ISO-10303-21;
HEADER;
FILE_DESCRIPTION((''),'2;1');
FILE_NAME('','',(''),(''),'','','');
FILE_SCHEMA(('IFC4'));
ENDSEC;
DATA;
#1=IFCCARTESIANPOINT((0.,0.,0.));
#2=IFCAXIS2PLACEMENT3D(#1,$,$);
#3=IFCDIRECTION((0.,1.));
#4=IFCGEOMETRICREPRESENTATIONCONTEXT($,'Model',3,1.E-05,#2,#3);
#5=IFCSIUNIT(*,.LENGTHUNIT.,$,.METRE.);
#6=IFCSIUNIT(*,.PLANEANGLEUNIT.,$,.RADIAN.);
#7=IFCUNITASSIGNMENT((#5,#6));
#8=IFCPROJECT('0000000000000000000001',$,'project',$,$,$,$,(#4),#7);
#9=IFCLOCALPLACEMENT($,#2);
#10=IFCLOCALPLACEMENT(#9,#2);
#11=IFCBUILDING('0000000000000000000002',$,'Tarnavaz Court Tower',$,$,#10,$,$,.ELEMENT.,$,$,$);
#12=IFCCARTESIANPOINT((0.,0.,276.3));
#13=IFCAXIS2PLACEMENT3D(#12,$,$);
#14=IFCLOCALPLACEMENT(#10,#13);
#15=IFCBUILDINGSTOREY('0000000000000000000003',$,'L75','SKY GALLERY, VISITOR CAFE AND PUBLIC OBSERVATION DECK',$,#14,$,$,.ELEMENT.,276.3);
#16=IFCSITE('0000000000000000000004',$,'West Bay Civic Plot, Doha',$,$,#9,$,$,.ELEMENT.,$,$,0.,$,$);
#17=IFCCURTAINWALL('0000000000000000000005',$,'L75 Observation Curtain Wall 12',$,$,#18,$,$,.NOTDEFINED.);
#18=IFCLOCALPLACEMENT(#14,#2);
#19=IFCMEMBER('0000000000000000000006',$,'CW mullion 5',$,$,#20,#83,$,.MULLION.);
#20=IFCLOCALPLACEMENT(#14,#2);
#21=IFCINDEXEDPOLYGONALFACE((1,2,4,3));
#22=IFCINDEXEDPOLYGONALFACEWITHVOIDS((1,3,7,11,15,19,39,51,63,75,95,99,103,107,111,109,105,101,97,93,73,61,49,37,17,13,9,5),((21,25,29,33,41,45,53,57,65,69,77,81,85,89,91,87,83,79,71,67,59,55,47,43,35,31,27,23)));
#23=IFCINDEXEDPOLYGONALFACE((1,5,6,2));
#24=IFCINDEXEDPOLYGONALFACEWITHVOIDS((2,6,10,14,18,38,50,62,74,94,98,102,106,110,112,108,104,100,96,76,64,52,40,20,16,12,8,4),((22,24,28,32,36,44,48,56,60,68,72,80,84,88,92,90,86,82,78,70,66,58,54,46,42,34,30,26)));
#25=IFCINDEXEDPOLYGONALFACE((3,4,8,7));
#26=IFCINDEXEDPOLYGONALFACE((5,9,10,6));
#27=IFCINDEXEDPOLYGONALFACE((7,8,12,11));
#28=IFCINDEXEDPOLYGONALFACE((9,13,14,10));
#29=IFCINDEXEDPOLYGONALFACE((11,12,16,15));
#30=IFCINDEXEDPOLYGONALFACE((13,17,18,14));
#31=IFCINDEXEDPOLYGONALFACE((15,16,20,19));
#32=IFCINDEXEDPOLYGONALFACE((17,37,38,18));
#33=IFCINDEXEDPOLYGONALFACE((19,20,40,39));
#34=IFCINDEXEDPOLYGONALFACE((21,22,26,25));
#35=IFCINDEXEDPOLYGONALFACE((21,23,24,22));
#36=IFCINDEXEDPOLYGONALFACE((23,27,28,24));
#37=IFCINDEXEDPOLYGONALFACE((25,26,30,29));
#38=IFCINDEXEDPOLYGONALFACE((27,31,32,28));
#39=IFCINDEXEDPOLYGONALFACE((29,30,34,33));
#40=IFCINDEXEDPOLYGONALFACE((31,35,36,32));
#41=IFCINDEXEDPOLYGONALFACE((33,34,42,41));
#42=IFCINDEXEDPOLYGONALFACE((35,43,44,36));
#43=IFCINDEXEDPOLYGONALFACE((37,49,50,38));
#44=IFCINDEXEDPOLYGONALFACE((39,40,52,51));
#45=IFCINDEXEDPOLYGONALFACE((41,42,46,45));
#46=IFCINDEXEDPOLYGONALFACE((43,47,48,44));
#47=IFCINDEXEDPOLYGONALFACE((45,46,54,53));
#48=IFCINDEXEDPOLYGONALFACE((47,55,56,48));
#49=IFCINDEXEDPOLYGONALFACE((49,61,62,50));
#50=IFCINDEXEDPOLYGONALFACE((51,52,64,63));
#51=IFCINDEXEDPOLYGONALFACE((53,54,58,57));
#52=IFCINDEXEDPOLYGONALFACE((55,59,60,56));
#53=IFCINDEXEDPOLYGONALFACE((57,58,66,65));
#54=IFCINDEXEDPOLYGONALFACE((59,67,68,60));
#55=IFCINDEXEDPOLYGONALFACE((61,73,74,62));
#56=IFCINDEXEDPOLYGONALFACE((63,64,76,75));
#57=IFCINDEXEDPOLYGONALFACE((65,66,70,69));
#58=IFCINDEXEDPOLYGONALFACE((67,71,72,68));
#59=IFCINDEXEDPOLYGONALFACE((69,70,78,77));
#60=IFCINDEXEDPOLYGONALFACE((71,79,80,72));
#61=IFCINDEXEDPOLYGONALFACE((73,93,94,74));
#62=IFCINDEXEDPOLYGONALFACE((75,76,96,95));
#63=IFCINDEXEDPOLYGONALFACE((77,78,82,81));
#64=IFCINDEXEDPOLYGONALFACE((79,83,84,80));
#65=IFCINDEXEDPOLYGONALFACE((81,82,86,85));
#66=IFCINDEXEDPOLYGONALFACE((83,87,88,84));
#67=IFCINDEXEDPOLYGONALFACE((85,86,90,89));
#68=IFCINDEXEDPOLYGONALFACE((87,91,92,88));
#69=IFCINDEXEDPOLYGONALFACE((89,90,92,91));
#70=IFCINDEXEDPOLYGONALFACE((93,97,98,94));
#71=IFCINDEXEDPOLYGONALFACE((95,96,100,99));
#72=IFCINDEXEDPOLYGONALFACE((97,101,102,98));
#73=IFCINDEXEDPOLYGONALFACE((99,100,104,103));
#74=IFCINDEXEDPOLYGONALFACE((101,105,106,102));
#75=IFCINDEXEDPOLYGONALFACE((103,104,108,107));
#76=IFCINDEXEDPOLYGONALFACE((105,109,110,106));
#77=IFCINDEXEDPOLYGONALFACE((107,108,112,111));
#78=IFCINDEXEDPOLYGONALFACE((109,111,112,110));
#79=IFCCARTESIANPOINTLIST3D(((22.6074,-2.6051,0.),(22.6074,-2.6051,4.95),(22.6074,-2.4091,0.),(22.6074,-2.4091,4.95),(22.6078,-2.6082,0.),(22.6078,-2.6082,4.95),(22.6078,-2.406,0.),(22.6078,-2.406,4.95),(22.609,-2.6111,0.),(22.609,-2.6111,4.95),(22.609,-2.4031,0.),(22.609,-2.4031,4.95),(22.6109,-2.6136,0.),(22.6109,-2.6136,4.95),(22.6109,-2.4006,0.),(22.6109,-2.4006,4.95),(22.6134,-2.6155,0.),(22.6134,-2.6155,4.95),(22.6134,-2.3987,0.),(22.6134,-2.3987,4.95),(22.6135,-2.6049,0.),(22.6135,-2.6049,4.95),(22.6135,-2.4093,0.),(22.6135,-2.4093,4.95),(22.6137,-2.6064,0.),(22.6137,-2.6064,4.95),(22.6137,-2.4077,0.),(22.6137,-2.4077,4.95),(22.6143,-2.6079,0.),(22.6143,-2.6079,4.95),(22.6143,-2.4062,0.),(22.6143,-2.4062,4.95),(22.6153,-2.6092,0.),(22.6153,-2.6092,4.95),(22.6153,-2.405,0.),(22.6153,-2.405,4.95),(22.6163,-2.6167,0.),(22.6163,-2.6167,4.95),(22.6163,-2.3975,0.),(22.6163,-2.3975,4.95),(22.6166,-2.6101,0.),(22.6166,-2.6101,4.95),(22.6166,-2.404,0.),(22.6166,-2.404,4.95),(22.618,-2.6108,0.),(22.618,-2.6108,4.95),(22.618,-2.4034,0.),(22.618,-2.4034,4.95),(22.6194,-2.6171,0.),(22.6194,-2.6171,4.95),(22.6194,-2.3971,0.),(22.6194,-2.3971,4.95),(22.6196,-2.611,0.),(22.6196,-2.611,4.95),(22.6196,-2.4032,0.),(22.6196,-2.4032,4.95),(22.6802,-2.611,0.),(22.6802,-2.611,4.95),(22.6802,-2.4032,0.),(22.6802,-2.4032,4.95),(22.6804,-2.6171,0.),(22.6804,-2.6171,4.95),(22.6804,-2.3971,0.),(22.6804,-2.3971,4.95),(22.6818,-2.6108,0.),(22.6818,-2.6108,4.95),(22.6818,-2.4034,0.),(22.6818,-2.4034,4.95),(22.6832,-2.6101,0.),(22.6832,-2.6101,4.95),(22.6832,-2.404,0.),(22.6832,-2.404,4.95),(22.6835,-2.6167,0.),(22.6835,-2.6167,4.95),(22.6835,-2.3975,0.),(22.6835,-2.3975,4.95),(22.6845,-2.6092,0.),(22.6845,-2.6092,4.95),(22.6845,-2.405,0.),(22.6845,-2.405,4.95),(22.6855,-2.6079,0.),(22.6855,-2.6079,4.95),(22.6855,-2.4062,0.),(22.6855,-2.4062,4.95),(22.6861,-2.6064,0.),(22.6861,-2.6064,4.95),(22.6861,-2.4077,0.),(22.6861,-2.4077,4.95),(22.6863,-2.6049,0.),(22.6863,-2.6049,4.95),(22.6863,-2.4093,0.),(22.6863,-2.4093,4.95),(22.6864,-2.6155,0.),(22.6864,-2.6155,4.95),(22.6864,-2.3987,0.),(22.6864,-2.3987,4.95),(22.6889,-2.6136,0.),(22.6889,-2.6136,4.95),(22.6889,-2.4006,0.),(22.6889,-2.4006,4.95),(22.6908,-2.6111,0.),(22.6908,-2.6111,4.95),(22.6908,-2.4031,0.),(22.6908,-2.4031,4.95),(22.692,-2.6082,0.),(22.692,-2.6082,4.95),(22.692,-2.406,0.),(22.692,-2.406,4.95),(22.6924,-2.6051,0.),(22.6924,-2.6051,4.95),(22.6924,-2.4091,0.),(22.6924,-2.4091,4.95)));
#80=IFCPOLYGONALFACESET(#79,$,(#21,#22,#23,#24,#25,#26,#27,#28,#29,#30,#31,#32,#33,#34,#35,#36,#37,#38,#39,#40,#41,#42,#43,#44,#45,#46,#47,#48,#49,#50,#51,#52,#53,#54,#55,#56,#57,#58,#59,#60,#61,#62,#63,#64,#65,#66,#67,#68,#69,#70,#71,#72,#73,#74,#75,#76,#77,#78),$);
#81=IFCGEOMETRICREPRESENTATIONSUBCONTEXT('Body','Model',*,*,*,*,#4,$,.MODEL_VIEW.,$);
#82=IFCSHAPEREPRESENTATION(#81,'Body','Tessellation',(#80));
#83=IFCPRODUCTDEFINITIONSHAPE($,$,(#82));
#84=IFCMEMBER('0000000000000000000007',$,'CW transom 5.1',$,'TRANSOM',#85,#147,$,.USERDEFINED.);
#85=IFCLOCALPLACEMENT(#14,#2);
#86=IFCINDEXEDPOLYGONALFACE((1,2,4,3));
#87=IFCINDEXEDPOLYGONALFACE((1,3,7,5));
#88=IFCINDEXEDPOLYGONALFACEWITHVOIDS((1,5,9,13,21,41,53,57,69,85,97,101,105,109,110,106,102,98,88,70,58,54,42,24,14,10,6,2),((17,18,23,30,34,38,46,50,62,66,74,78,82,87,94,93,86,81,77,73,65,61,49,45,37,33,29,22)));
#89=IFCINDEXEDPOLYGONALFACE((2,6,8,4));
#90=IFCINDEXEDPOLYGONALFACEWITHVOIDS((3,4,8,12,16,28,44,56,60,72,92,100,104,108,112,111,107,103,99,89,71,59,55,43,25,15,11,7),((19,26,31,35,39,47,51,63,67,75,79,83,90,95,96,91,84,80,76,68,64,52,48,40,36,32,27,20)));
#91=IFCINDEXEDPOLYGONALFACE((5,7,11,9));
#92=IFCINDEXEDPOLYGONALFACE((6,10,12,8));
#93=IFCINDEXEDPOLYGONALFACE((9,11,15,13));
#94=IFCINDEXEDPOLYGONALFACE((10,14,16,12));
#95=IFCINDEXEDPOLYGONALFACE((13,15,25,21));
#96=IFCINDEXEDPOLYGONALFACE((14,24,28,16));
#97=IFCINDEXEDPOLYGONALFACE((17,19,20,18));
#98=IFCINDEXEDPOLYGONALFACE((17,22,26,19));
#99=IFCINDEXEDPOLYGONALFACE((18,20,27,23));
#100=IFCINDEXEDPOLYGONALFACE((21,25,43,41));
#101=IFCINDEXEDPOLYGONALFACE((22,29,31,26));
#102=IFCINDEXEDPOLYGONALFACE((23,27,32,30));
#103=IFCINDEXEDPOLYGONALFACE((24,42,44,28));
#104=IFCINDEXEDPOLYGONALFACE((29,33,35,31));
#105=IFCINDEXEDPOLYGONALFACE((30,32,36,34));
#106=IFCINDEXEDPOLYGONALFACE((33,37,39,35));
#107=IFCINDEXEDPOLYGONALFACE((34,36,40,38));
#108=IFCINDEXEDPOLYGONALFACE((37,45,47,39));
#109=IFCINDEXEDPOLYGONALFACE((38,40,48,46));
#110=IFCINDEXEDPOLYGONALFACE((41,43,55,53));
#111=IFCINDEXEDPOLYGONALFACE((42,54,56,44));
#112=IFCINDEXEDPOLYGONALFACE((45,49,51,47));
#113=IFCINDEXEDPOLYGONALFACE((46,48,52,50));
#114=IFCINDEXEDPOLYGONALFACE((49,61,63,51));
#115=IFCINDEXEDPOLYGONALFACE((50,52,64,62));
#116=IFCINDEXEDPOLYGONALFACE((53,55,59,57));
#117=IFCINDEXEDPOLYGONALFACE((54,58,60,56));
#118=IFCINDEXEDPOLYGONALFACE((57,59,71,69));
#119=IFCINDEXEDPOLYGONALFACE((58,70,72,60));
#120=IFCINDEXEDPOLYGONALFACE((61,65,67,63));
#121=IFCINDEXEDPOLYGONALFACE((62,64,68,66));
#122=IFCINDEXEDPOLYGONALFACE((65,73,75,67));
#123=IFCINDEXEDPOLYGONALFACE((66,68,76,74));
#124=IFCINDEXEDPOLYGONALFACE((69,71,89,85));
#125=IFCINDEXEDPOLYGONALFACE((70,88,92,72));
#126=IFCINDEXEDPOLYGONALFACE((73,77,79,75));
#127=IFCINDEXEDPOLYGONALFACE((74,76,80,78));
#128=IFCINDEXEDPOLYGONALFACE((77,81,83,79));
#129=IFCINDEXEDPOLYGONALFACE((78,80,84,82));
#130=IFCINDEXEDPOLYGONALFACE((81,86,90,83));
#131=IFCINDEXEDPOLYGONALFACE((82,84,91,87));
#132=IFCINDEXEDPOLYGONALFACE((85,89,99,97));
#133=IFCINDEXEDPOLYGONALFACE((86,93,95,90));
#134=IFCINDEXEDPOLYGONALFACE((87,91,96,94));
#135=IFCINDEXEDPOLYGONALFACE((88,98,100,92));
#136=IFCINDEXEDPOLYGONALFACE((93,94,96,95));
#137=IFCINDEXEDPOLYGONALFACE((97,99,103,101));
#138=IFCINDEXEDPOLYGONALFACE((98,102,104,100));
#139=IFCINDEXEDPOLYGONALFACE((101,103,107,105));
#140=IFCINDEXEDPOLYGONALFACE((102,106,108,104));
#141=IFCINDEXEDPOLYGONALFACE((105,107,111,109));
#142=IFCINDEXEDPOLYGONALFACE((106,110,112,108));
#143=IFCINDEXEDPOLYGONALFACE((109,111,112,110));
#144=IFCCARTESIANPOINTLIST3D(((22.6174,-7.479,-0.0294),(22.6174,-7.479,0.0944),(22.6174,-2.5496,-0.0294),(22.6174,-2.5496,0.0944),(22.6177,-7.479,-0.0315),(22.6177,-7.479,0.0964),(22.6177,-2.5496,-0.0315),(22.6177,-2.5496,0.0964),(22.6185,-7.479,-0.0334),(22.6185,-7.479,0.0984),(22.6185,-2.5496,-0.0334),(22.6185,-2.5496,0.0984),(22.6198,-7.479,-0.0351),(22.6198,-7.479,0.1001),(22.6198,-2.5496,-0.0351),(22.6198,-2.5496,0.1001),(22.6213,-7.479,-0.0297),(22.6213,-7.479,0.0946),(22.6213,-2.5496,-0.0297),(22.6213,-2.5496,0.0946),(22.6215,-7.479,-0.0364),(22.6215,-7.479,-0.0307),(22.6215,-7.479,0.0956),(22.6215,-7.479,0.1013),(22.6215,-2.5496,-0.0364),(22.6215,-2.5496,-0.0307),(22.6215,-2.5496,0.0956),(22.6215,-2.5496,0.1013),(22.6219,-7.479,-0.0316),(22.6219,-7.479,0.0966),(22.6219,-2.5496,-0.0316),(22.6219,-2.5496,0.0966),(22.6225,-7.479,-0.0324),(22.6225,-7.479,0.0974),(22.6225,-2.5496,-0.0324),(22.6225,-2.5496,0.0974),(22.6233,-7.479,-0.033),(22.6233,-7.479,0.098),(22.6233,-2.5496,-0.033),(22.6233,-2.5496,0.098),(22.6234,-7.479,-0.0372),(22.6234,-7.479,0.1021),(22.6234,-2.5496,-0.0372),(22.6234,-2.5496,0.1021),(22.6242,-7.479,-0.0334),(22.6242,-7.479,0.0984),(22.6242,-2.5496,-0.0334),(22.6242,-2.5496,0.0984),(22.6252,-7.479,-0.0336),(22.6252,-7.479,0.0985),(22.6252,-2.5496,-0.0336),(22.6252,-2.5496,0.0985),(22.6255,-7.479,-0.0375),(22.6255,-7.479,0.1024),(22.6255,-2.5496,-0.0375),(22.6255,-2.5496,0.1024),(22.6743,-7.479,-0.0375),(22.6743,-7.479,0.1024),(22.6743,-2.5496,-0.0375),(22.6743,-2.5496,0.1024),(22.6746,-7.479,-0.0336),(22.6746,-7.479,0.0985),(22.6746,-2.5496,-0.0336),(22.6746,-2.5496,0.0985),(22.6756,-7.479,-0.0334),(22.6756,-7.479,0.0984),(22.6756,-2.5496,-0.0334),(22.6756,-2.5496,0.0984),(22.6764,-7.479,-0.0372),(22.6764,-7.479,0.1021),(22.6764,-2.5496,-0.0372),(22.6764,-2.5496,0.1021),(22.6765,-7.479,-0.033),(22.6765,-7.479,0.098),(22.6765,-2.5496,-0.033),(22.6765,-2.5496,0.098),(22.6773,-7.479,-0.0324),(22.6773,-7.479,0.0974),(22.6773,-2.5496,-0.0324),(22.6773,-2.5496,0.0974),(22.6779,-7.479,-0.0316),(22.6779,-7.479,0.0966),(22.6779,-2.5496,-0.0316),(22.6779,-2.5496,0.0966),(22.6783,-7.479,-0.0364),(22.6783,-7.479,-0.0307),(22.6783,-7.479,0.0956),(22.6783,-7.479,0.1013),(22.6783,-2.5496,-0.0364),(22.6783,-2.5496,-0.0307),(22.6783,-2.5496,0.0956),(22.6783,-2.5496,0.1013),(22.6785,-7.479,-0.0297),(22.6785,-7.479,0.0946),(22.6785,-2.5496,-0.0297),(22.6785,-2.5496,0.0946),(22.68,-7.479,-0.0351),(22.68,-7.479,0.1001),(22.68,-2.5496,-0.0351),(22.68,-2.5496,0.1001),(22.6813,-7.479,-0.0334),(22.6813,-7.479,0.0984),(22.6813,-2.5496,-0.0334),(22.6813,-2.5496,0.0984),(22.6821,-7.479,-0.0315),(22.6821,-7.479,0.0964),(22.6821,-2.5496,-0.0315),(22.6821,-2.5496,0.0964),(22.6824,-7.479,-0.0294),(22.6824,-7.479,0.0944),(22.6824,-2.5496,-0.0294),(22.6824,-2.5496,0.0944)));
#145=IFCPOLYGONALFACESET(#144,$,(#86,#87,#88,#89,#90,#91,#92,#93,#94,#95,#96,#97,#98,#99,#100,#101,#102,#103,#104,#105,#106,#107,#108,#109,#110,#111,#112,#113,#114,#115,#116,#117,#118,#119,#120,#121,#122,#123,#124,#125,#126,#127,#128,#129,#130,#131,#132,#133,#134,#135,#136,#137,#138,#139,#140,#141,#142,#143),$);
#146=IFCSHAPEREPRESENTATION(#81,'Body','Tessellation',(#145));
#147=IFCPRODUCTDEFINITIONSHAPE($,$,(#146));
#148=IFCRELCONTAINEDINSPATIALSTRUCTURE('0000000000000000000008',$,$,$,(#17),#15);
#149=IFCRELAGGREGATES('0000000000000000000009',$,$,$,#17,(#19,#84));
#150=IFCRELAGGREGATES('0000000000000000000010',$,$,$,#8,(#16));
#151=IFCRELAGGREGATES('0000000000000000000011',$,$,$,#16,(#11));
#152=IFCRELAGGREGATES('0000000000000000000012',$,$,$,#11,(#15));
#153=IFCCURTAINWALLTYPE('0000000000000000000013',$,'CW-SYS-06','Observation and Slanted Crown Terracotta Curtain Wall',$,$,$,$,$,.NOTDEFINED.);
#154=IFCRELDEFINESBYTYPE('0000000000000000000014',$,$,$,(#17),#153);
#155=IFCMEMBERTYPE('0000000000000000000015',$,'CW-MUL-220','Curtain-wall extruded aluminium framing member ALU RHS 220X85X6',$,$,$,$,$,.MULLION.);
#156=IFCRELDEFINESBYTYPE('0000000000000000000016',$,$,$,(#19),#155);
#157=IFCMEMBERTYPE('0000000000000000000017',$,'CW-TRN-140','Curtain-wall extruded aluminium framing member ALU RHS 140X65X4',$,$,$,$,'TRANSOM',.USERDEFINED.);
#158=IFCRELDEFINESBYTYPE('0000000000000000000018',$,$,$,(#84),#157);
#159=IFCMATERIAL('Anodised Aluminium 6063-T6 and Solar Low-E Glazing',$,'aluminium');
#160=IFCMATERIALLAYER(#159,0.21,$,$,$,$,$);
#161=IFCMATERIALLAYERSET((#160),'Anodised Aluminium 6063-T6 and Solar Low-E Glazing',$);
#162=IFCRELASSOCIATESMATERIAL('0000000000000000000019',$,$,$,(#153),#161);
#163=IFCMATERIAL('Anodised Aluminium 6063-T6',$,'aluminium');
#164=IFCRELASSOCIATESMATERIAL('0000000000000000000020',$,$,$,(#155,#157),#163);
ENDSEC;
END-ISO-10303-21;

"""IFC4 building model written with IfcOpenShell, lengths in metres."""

from ifc_helpers import new_model, si_unit, direction, frame, origin, origin_2d, place, context, subcontext, project, spatial, hollow_rectangle, extrude, material, layer, layer_set, material_profile, profile_set, type_object, element, aggregate, save


model = new_model("IFC4")

# Units and contexts
model_context = context("Model", 3, precision=1e-05, world=origin(), true_north=direction((0.0, 1.0)))
body_context = subcontext(model_context, "Body", "Model", "MODEL_VIEW")
ifc_project = project(units=[si_unit("LENGTHUNIT", "METRE"), si_unit("PLANEANGLEUNIT", "RADIAN")], contexts=[model_context])

# Site, building, storey
site_placement = place(None, origin())
site = spatial("IfcSite", under=ifc_project, at=site_placement, Name="West Bay Civic Plot, Doha", CompositionType="ELEMENT", RefElevation=0.0)
building_placement = place(site_placement, origin())
building = spatial("IfcBuilding", under=site, at=building_placement, Name="Tarnavaz Court Tower", CompositionType="ELEMENT")
storey_placement = place(building_placement, frame((0.0, 0.0, 276.3)))
storey = spatial("IfcBuildingStorey", under=building, at=storey_placement, Name="L75", Description="SKY GALLERY, VISITOR CAFE AND PUBLIC OBSERVATION DECK", CompositionType="ELEMENT", Elevation=276.3)

# Curtain wall, members
ifc_material_1 = material(Name="Anodised Aluminium 6063-T6 and Solar Low-E Glazing", Category="aluminium")
ifc_layer_1 = layer(ifc_material_1, 0.21)
ifc_layer_set_1 = layer_set([ifc_layer_1], Name="Anodised Aluminium 6063-T6 and Solar Low-E Glazing")
curtain_wall_type = type_object("IfcCurtainWallType", Name="CW-SYS-06", Description="Observation and Slanted Crown Terracotta Curtain Wall", PredefinedType="NOTDEFINED", material=ifc_layer_set_1)
curtain_wall_placement = place(storey_placement, origin())
curtain_wall = element("IfcCurtainWall", 1, at=curtain_wall_placement, inside=storey, type_object=curtain_wall_type, Name="L75 Observation Curtain Wall 12", PredefinedType="NOTDEFINED")
ifc_material_2 = material(Name="Anodised Aluminium 6063-T6", Category="aluminium")
ifc_material_profile_1 = material_profile(ifc_material_2, hollow_rectangle(XDim=0.085, YDim=0.22, WallThickness=0.0061, InnerFilletRadius=0.0061, OuterFilletRadius=0.012, at=origin_2d()), Name="ALU RHS 220X85X6")
ifc_profile_set_1 = profile_set([ifc_material_profile_1], Name="Anodised Aluminium 6063-T6")
member_type_1 = type_object("IfcMemberType", Name="CW-MUL-220", Description="Curtain-wall extruded aluminium framing member ALU RHS 220X85X6", PredefinedType="MULLION", material=ifc_profile_set_1)
member_1_placement = place(storey_placement, frame((22.6499, -2.5071, 0.0), z_axis=(0.0, 0.0, 1.0), x_axis=(1.0, 0.0, 0.0)))
member_1 = element("IfcMember", 2, at=member_1_placement, type_object=member_type_1, Name="CW mullion 5", PredefinedType="MULLION", context=body_context, shape_type="SweptSolid", body=[
    extrude(hollow_rectangle(XDim=0.085, YDim=0.22, WallThickness=0.0061, InnerFilletRadius=0.0061, OuterFilletRadius=0.012, at=origin_2d()), origin(), (0.0, 0.0, 1.0), 4.95),
])
ifc_material_profile_2 = material_profile(ifc_material_2, hollow_rectangle(XDim=0.0649, YDim=0.1399, WallThickness=0.0039, InnerFilletRadius=0.0039, OuterFilletRadius=0.0081, at=origin_2d()), Name="ALU RHS 140X65X4")
ifc_profile_set_2 = profile_set([ifc_material_profile_2], Name="Anodised Aluminium 6063-T6")
member_type_2 = type_object("IfcMemberType", Name="CW-TRN-140", Description="Curtain-wall extruded aluminium framing member ALU RHS 140X65X4", ElementType="TRANSOM", PredefinedType="USERDEFINED", material=ifc_profile_set_2)
member_2_placement = place(storey_placement, frame((22.6499, -2.5496, 0.0325), z_axis=(0.0, -1.0, 0.0), x_axis=(1.0, 0.0, 0.0)))
member_2 = element("IfcMember", 3, at=member_2_placement, type_object=member_type_2, Name="CW transom 5.1", ObjectType="TRANSOM", PredefinedType="USERDEFINED", context=body_context, shape_type="SweptSolid", body=[
    extrude(hollow_rectangle(XDim=0.0649, YDim=0.1399, WallThickness=0.0039, InnerFilletRadius=0.0039, OuterFilletRadius=0.0081, at=origin_2d()), origin(), (0.0, 0.0, 1.0), 4.9294),
])
aggregate(curtain_wall, [member_1, member_2])

save(model, "model.ifc")
